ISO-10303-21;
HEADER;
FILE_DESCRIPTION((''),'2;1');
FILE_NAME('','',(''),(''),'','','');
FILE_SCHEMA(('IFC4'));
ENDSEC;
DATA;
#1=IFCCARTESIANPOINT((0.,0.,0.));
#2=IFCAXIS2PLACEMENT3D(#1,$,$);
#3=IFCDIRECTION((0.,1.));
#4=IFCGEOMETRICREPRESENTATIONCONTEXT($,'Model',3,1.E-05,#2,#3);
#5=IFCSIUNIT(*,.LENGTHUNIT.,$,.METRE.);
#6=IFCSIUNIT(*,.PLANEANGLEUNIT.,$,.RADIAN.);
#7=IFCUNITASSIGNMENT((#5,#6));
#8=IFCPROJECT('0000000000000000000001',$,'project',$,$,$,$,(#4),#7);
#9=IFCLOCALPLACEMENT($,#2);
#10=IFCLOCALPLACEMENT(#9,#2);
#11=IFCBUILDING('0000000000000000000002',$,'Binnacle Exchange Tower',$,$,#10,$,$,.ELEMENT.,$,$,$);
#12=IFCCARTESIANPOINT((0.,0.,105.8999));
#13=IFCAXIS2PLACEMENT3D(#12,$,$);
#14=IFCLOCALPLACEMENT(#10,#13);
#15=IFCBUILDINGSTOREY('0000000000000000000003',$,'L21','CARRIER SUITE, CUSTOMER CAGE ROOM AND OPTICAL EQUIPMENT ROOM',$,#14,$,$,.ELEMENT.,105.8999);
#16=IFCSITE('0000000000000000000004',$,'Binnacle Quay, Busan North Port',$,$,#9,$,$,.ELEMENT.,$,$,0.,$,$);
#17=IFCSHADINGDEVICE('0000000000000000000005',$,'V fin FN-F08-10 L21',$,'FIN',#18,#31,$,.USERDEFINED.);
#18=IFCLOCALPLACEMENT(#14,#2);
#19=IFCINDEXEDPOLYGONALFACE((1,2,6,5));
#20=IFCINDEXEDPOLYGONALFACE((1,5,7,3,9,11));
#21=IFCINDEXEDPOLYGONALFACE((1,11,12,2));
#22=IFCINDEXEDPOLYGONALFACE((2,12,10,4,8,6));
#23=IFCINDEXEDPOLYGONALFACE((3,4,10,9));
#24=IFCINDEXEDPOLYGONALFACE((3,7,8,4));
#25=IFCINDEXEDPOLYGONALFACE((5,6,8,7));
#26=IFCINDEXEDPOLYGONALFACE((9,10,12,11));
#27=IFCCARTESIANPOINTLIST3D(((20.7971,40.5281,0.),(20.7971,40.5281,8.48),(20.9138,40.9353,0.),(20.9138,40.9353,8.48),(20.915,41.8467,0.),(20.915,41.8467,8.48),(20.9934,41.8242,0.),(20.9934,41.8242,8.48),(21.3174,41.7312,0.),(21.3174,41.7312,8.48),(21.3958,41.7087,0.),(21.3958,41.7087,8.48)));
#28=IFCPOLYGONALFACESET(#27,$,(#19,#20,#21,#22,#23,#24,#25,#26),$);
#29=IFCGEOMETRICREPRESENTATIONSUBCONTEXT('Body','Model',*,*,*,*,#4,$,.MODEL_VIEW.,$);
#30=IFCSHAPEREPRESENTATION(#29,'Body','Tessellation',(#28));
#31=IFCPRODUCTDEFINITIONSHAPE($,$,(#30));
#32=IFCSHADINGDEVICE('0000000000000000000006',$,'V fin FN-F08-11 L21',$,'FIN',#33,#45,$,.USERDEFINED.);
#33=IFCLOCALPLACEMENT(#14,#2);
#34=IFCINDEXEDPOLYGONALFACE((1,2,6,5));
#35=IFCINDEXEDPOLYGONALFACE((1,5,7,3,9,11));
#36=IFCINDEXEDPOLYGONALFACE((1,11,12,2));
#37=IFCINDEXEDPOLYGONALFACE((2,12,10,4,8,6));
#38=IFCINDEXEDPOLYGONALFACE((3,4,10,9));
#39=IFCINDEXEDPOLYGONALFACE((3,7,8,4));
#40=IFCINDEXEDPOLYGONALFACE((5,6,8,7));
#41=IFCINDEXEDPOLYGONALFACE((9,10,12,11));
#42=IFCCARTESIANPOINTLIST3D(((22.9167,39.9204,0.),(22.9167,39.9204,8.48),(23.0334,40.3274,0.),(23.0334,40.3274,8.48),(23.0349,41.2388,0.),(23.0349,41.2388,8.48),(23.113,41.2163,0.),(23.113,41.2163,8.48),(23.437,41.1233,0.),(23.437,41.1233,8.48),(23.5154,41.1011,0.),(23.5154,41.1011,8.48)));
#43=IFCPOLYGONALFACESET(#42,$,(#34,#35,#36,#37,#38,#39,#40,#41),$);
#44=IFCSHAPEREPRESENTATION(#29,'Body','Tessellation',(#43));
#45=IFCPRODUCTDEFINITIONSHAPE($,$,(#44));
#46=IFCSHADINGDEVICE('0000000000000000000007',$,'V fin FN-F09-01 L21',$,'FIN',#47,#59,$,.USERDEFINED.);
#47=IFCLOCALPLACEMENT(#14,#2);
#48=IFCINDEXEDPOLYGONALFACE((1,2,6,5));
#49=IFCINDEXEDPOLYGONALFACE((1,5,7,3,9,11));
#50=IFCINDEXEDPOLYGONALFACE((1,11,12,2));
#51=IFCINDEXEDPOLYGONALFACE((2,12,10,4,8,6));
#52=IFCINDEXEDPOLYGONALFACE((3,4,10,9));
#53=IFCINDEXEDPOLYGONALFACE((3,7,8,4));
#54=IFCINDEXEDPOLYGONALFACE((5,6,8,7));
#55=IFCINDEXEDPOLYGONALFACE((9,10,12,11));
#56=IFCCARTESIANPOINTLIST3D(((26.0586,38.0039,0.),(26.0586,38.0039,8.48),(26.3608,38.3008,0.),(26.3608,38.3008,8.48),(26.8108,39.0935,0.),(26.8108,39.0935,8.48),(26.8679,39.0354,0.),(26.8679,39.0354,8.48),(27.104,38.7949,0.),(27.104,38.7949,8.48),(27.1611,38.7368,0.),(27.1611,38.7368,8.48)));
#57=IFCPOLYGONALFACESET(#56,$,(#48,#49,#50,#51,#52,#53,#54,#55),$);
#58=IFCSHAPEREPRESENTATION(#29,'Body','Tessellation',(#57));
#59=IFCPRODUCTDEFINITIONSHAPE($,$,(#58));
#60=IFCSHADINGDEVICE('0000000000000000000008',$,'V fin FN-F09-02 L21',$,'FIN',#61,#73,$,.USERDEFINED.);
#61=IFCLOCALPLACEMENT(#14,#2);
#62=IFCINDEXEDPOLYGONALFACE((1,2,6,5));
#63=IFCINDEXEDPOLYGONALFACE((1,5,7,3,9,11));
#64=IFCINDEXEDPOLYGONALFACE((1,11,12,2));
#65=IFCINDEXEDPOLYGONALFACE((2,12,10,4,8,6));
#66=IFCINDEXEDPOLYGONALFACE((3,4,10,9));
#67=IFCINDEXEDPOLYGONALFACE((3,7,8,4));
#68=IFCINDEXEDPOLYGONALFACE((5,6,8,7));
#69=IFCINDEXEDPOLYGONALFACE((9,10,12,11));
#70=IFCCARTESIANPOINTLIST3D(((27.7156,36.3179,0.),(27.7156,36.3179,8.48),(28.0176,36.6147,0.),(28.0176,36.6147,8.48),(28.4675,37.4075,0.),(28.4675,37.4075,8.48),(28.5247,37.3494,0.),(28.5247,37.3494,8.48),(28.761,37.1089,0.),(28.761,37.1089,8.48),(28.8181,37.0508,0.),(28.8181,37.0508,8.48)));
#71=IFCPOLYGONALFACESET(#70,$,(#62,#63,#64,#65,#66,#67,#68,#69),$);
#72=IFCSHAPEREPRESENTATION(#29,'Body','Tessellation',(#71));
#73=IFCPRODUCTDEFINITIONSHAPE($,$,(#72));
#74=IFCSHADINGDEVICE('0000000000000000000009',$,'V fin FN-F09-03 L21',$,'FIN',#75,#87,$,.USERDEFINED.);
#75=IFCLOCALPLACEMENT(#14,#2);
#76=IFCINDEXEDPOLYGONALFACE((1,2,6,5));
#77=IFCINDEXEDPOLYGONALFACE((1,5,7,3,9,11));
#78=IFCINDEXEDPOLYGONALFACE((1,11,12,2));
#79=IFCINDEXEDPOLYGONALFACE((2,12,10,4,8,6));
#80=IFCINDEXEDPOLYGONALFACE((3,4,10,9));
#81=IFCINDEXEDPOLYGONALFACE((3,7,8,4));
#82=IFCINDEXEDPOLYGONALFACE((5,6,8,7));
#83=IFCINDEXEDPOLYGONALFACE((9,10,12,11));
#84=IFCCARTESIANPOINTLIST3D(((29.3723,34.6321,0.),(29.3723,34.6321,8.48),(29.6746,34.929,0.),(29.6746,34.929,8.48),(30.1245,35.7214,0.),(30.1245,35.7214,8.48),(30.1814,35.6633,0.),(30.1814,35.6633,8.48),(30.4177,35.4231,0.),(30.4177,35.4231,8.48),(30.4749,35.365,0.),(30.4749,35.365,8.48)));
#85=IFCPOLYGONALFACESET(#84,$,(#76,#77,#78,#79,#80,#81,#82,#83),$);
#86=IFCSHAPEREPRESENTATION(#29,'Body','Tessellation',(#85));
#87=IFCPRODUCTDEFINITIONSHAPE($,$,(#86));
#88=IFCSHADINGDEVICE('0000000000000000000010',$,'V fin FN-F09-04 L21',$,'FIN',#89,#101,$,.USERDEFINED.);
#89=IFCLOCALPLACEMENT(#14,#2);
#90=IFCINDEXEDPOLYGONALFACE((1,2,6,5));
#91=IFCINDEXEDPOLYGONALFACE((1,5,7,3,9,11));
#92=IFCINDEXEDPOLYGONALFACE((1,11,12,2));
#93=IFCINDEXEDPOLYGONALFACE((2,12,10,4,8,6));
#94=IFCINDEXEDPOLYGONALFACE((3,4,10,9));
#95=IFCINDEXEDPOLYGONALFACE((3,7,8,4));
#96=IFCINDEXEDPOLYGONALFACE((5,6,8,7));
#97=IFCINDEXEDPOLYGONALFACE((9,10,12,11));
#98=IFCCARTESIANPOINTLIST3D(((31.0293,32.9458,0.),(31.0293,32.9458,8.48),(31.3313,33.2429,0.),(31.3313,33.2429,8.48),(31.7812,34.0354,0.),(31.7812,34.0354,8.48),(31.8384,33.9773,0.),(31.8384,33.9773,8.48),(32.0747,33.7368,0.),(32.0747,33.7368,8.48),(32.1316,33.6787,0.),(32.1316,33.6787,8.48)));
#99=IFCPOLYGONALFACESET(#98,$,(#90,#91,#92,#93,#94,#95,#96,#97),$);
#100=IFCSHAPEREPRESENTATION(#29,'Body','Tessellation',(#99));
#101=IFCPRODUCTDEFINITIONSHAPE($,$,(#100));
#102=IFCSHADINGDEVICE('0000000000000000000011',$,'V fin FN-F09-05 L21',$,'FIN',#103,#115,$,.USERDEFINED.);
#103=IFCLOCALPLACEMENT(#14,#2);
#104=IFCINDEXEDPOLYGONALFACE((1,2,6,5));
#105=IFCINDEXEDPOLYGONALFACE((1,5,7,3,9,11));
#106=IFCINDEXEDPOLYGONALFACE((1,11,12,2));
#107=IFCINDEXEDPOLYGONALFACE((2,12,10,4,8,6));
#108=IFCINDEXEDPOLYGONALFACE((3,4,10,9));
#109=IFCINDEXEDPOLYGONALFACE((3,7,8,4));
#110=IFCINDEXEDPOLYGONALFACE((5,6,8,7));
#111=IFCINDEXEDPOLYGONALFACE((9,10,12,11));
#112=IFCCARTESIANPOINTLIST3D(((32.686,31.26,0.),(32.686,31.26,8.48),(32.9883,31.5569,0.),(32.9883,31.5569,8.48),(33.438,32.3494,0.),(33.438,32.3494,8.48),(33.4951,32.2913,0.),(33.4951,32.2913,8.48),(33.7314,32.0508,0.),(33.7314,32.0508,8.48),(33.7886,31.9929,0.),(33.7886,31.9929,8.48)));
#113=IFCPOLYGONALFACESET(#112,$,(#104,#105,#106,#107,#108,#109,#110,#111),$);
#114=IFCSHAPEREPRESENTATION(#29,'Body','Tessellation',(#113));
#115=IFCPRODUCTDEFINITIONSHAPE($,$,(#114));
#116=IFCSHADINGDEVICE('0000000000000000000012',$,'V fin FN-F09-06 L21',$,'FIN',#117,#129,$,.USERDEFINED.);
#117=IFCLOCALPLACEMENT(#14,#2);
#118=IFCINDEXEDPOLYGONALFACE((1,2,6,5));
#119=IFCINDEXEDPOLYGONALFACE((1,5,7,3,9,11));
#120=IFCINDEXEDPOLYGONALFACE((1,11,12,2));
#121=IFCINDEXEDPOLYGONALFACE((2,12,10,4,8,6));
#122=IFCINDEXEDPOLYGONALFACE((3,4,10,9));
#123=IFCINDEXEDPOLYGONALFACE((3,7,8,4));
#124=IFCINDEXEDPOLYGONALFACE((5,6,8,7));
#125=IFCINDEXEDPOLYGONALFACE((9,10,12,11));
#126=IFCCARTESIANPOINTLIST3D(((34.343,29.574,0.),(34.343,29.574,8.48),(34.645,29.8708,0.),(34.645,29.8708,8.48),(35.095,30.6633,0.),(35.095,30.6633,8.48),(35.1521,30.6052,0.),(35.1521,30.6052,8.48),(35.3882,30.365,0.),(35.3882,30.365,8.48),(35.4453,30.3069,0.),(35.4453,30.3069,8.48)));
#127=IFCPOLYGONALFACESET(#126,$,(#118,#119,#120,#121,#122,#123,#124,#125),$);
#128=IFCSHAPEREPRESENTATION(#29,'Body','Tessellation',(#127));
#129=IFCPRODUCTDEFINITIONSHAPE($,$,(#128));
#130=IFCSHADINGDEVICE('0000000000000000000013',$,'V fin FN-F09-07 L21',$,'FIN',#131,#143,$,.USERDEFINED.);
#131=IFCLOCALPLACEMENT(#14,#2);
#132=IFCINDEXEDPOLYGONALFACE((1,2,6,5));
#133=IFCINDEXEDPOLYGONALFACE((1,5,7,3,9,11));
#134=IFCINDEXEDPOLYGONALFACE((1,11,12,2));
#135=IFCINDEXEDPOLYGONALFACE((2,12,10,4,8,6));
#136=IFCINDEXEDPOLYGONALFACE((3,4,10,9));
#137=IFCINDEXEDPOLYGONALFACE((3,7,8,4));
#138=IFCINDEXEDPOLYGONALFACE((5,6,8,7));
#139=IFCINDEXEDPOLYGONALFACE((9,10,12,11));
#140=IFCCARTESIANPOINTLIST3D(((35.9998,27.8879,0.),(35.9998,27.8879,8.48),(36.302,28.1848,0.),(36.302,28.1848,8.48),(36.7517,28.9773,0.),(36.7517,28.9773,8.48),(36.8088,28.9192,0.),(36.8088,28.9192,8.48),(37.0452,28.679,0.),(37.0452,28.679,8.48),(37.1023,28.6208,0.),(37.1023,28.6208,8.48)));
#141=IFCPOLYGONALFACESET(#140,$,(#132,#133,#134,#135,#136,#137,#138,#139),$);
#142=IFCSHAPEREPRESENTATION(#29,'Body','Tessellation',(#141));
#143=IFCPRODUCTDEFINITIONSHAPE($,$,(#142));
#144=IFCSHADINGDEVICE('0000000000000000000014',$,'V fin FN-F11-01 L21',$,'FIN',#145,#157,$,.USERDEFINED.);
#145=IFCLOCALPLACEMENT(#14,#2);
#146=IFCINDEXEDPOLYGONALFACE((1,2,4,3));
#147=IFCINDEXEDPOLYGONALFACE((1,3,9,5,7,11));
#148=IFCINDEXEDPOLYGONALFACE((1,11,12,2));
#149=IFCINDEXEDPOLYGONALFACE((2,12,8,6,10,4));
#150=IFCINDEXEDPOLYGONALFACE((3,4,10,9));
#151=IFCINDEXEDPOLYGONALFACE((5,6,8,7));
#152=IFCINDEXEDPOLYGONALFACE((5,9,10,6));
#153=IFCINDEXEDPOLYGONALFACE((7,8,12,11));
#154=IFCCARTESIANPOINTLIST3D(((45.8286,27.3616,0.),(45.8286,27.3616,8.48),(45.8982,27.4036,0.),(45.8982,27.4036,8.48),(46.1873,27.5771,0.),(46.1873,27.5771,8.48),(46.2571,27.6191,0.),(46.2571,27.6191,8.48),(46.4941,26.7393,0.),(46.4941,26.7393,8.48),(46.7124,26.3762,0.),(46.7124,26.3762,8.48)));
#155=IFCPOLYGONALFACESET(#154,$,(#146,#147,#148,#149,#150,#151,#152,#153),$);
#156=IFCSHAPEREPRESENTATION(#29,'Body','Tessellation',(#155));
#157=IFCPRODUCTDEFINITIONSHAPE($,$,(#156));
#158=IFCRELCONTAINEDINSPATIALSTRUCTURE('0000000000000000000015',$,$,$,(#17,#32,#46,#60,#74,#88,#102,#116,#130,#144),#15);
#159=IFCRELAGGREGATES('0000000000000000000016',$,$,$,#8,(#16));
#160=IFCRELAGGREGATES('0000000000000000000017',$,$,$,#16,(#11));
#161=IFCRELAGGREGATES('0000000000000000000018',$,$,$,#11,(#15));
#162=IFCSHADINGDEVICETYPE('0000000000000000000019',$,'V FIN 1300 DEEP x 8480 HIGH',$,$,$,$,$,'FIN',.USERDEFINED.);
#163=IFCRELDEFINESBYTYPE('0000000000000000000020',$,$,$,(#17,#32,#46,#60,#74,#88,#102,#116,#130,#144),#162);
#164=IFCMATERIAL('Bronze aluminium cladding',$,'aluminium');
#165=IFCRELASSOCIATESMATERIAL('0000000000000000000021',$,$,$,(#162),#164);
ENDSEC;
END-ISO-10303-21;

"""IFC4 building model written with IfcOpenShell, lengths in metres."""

from ifc_helpers import new_model, si_unit, direction, frame, origin, place, context, subcontext, project, spatial, polyline, outline, extrude, material, type_object, element, save


model = new_model("IFC4")

# Units and contexts
model_context = context("Model", 3, precision=1e-05, world=origin(), true_north=direction((0.0, 1.0)))
body_context = subcontext(model_context, "Body", "Model", "MODEL_VIEW")
ifc_project = project(units=[si_unit("LENGTHUNIT", "METRE"), si_unit("PLANEANGLEUNIT", "RADIAN")], contexts=[model_context])

# Site, building, storey
site_placement = place(None, origin())
site = spatial("IfcSite", under=ifc_project, at=site_placement, Name="Binnacle Quay, Busan North Port", CompositionType="ELEMENT", RefElevation=0.0)
building_placement = place(site_placement, origin())
building = spatial("IfcBuilding", under=site, at=building_placement, Name="Binnacle Exchange Tower", CompositionType="ELEMENT")
storey_placement = place(building_placement, frame((0.0, 0.0, 105.8999)))
storey = spatial("IfcBuildingStorey", under=building, at=storey_placement, Name="L21", Description="CARRIER SUITE, CUSTOMER CAGE ROOM AND OPTICAL EQUIPMENT ROOM", CompositionType="ELEMENT", Elevation=105.8999)

# Shading devices
ifc_material = material(Name="Bronze aluminium cladding", Category="aluminium")
shading_device_type = type_object("IfcShadingDeviceType", Name="V FIN 1300 DEEP x 8480 HIGH", ElementType="FIN", PredefinedType="USERDEFINED", material=ifc_material)
shading_device_1_placement = place(storey_placement, origin())
element("IfcShadingDevice", 1, at=shading_device_1_placement, inside=storey, type_object=shading_device_type, Name="V fin FN-F08-10 L21", ObjectType="FIN", PredefinedType="USERDEFINED", context=body_context, shape_type="SweptSolid", body=[
    extrude(outline(polyline([(20.915, 41.8467), (20.7971, 40.5281), (21.3958, 41.7087), (21.3174, 41.7312), (20.9138, 40.9353), (20.9934, 41.8242), (20.915, 41.8467)])), origin(), (0.0, 0.0, 1.0), 8.48),
])
shading_device_2_placement = place(storey_placement, origin())
element("IfcShadingDevice", 2, at=shading_device_2_placement, inside=storey, type_object=shading_device_type, Name="V fin FN-F08-11 L21", ObjectType="FIN", PredefinedType="USERDEFINED", context=body_context, shape_type="SweptSolid", body=[
    extrude(outline(polyline([(23.0349, 41.2388), (22.9167, 39.9204), (23.5154, 41.1011), (23.437, 41.1233), (23.0334, 40.3274), (23.113, 41.2163), (23.0349, 41.2388)])), origin(), (0.0, 0.0, 1.0), 8.48),
])
shading_device_3_placement = place(storey_placement, origin())
element("IfcShadingDevice", 3, at=shading_device_3_placement, inside=storey, type_object=shading_device_type, Name="V fin FN-F09-01 L21", ObjectType="FIN", PredefinedType="USERDEFINED", context=body_context, shape_type="SweptSolid", body=[
    extrude(outline(polyline([(26.8108, 39.0935), (26.0586, 38.0039), (27.1611, 38.7368), (27.104, 38.7949), (26.3608, 38.3008), (26.8679, 39.0354), (26.8108, 39.0935)])), origin(), (0.0, 0.0, 1.0), 8.48),
])
shading_device_4_placement = place(storey_placement, origin())
element("IfcShadingDevice", 4, at=shading_device_4_placement, inside=storey, type_object=shading_device_type, Name="V fin FN-F09-02 L21", ObjectType="FIN", PredefinedType="USERDEFINED", context=body_context, shape_type="SweptSolid", body=[
    extrude(outline(polyline([(28.4675, 37.4075), (27.7156, 36.3179), (28.8181, 37.0508), (28.761, 37.1089), (28.0176, 36.6147), (28.5247, 37.3494), (28.4675, 37.4075)])), origin(), (0.0, 0.0, 1.0), 8.48),
])
shading_device_5_placement = place(storey_placement, origin())
element("IfcShadingDevice", 5, at=shading_device_5_placement, inside=storey, type_object=shading_device_type, Name="V fin FN-F09-03 L21", ObjectType="FIN", PredefinedType="USERDEFINED", context=body_context, shape_type="SweptSolid", body=[
    extrude(outline(polyline([(30.1245, 35.7214), (29.3723, 34.6321), (30.4749, 35.365), (30.4177, 35.4231), (29.6746, 34.929), (30.1814, 35.6633), (30.1245, 35.7214)])), origin(), (0.0, 0.0, 1.0), 8.48),
])
shading_device_6_placement = place(storey_placement, origin())
element("IfcShadingDevice", 6, at=shading_device_6_placement, inside=storey, type_object=shading_device_type, Name="V fin FN-F09-04 L21", ObjectType="FIN", PredefinedType="USERDEFINED", context=body_context, shape_type="SweptSolid", body=[
    extrude(outline(polyline([(31.7812, 34.0354), (31.0293, 32.9458), (32.1316, 33.6787), (32.0747, 33.7368), (31.3313, 33.2429), (31.8384, 33.9773), (31.7812, 34.0354)])), origin(), (0.0, 0.0, 1.0), 8.48),
])
shading_device_7_placement = place(storey_placement, origin())
element("IfcShadingDevice", 7, at=shading_device_7_placement, inside=storey, type_object=shading_device_type, Name="V fin FN-F09-05 L21", ObjectType="FIN", PredefinedType="USERDEFINED", context=body_context, shape_type="SweptSolid", body=[
    extrude(outline(polyline([(33.438, 32.3494), (32.686, 31.26), (33.7886, 31.9929), (33.7314, 32.0508), (32.9883, 31.5569), (33.4951, 32.2913), (33.438, 32.3494)])), origin(), (0.0, 0.0, 1.0), 8.48),
])
shading_device_8_placement = place(storey_placement, origin())
element("IfcShadingDevice", 8, at=shading_device_8_placement, inside=storey, type_object=shading_device_type, Name="V fin FN-F09-06 L21", ObjectType="FIN", PredefinedType="USERDEFINED", context=body_context, shape_type="SweptSolid", body=[
    extrude(outline(polyline([(35.095, 30.6633), (34.343, 29.574), (35.4453, 30.3069), (35.3882, 30.365), (34.645, 29.8708), (35.1521, 30.6052), (35.095, 30.6633)])), origin(), (0.0, 0.0, 1.0), 8.48),
])
shading_device_9_placement = place(storey_placement, origin())
element("IfcShadingDevice", 9, at=shading_device_9_placement, inside=storey, type_object=shading_device_type, Name="V fin FN-F09-07 L21", ObjectType="FIN", PredefinedType="USERDEFINED", context=body_context, shape_type="SweptSolid", body=[
    extrude(outline(polyline([(36.7517, 28.9773), (35.9998, 27.8879), (37.1023, 28.6208), (37.0452, 28.679), (36.302, 28.1848), (36.8088, 28.9192), (36.7517, 28.9773)])), origin(), (0.0, 0.0, 1.0), 8.48),
])
shading_device_10_placement = place(storey_placement, origin())
element("IfcShadingDevice", 10, at=shading_device_10_placement, inside=storey, type_object=shading_device_type, Name="V fin FN-F11-01 L21", ObjectType="FIN", PredefinedType="USERDEFINED", context=body_context, shape_type="SweptSolid", body=[
    extrude(outline(polyline([(45.8286, 27.3616), (46.7124, 26.3762), (46.2571, 27.6191), (46.1873, 27.5771), (46.4941, 26.7393), (45.8982, 27.4036), (45.8286, 27.3616)])), origin(), (0.0, 0.0, 1.0), 8.48),
])

save(model, "model.ifc")
